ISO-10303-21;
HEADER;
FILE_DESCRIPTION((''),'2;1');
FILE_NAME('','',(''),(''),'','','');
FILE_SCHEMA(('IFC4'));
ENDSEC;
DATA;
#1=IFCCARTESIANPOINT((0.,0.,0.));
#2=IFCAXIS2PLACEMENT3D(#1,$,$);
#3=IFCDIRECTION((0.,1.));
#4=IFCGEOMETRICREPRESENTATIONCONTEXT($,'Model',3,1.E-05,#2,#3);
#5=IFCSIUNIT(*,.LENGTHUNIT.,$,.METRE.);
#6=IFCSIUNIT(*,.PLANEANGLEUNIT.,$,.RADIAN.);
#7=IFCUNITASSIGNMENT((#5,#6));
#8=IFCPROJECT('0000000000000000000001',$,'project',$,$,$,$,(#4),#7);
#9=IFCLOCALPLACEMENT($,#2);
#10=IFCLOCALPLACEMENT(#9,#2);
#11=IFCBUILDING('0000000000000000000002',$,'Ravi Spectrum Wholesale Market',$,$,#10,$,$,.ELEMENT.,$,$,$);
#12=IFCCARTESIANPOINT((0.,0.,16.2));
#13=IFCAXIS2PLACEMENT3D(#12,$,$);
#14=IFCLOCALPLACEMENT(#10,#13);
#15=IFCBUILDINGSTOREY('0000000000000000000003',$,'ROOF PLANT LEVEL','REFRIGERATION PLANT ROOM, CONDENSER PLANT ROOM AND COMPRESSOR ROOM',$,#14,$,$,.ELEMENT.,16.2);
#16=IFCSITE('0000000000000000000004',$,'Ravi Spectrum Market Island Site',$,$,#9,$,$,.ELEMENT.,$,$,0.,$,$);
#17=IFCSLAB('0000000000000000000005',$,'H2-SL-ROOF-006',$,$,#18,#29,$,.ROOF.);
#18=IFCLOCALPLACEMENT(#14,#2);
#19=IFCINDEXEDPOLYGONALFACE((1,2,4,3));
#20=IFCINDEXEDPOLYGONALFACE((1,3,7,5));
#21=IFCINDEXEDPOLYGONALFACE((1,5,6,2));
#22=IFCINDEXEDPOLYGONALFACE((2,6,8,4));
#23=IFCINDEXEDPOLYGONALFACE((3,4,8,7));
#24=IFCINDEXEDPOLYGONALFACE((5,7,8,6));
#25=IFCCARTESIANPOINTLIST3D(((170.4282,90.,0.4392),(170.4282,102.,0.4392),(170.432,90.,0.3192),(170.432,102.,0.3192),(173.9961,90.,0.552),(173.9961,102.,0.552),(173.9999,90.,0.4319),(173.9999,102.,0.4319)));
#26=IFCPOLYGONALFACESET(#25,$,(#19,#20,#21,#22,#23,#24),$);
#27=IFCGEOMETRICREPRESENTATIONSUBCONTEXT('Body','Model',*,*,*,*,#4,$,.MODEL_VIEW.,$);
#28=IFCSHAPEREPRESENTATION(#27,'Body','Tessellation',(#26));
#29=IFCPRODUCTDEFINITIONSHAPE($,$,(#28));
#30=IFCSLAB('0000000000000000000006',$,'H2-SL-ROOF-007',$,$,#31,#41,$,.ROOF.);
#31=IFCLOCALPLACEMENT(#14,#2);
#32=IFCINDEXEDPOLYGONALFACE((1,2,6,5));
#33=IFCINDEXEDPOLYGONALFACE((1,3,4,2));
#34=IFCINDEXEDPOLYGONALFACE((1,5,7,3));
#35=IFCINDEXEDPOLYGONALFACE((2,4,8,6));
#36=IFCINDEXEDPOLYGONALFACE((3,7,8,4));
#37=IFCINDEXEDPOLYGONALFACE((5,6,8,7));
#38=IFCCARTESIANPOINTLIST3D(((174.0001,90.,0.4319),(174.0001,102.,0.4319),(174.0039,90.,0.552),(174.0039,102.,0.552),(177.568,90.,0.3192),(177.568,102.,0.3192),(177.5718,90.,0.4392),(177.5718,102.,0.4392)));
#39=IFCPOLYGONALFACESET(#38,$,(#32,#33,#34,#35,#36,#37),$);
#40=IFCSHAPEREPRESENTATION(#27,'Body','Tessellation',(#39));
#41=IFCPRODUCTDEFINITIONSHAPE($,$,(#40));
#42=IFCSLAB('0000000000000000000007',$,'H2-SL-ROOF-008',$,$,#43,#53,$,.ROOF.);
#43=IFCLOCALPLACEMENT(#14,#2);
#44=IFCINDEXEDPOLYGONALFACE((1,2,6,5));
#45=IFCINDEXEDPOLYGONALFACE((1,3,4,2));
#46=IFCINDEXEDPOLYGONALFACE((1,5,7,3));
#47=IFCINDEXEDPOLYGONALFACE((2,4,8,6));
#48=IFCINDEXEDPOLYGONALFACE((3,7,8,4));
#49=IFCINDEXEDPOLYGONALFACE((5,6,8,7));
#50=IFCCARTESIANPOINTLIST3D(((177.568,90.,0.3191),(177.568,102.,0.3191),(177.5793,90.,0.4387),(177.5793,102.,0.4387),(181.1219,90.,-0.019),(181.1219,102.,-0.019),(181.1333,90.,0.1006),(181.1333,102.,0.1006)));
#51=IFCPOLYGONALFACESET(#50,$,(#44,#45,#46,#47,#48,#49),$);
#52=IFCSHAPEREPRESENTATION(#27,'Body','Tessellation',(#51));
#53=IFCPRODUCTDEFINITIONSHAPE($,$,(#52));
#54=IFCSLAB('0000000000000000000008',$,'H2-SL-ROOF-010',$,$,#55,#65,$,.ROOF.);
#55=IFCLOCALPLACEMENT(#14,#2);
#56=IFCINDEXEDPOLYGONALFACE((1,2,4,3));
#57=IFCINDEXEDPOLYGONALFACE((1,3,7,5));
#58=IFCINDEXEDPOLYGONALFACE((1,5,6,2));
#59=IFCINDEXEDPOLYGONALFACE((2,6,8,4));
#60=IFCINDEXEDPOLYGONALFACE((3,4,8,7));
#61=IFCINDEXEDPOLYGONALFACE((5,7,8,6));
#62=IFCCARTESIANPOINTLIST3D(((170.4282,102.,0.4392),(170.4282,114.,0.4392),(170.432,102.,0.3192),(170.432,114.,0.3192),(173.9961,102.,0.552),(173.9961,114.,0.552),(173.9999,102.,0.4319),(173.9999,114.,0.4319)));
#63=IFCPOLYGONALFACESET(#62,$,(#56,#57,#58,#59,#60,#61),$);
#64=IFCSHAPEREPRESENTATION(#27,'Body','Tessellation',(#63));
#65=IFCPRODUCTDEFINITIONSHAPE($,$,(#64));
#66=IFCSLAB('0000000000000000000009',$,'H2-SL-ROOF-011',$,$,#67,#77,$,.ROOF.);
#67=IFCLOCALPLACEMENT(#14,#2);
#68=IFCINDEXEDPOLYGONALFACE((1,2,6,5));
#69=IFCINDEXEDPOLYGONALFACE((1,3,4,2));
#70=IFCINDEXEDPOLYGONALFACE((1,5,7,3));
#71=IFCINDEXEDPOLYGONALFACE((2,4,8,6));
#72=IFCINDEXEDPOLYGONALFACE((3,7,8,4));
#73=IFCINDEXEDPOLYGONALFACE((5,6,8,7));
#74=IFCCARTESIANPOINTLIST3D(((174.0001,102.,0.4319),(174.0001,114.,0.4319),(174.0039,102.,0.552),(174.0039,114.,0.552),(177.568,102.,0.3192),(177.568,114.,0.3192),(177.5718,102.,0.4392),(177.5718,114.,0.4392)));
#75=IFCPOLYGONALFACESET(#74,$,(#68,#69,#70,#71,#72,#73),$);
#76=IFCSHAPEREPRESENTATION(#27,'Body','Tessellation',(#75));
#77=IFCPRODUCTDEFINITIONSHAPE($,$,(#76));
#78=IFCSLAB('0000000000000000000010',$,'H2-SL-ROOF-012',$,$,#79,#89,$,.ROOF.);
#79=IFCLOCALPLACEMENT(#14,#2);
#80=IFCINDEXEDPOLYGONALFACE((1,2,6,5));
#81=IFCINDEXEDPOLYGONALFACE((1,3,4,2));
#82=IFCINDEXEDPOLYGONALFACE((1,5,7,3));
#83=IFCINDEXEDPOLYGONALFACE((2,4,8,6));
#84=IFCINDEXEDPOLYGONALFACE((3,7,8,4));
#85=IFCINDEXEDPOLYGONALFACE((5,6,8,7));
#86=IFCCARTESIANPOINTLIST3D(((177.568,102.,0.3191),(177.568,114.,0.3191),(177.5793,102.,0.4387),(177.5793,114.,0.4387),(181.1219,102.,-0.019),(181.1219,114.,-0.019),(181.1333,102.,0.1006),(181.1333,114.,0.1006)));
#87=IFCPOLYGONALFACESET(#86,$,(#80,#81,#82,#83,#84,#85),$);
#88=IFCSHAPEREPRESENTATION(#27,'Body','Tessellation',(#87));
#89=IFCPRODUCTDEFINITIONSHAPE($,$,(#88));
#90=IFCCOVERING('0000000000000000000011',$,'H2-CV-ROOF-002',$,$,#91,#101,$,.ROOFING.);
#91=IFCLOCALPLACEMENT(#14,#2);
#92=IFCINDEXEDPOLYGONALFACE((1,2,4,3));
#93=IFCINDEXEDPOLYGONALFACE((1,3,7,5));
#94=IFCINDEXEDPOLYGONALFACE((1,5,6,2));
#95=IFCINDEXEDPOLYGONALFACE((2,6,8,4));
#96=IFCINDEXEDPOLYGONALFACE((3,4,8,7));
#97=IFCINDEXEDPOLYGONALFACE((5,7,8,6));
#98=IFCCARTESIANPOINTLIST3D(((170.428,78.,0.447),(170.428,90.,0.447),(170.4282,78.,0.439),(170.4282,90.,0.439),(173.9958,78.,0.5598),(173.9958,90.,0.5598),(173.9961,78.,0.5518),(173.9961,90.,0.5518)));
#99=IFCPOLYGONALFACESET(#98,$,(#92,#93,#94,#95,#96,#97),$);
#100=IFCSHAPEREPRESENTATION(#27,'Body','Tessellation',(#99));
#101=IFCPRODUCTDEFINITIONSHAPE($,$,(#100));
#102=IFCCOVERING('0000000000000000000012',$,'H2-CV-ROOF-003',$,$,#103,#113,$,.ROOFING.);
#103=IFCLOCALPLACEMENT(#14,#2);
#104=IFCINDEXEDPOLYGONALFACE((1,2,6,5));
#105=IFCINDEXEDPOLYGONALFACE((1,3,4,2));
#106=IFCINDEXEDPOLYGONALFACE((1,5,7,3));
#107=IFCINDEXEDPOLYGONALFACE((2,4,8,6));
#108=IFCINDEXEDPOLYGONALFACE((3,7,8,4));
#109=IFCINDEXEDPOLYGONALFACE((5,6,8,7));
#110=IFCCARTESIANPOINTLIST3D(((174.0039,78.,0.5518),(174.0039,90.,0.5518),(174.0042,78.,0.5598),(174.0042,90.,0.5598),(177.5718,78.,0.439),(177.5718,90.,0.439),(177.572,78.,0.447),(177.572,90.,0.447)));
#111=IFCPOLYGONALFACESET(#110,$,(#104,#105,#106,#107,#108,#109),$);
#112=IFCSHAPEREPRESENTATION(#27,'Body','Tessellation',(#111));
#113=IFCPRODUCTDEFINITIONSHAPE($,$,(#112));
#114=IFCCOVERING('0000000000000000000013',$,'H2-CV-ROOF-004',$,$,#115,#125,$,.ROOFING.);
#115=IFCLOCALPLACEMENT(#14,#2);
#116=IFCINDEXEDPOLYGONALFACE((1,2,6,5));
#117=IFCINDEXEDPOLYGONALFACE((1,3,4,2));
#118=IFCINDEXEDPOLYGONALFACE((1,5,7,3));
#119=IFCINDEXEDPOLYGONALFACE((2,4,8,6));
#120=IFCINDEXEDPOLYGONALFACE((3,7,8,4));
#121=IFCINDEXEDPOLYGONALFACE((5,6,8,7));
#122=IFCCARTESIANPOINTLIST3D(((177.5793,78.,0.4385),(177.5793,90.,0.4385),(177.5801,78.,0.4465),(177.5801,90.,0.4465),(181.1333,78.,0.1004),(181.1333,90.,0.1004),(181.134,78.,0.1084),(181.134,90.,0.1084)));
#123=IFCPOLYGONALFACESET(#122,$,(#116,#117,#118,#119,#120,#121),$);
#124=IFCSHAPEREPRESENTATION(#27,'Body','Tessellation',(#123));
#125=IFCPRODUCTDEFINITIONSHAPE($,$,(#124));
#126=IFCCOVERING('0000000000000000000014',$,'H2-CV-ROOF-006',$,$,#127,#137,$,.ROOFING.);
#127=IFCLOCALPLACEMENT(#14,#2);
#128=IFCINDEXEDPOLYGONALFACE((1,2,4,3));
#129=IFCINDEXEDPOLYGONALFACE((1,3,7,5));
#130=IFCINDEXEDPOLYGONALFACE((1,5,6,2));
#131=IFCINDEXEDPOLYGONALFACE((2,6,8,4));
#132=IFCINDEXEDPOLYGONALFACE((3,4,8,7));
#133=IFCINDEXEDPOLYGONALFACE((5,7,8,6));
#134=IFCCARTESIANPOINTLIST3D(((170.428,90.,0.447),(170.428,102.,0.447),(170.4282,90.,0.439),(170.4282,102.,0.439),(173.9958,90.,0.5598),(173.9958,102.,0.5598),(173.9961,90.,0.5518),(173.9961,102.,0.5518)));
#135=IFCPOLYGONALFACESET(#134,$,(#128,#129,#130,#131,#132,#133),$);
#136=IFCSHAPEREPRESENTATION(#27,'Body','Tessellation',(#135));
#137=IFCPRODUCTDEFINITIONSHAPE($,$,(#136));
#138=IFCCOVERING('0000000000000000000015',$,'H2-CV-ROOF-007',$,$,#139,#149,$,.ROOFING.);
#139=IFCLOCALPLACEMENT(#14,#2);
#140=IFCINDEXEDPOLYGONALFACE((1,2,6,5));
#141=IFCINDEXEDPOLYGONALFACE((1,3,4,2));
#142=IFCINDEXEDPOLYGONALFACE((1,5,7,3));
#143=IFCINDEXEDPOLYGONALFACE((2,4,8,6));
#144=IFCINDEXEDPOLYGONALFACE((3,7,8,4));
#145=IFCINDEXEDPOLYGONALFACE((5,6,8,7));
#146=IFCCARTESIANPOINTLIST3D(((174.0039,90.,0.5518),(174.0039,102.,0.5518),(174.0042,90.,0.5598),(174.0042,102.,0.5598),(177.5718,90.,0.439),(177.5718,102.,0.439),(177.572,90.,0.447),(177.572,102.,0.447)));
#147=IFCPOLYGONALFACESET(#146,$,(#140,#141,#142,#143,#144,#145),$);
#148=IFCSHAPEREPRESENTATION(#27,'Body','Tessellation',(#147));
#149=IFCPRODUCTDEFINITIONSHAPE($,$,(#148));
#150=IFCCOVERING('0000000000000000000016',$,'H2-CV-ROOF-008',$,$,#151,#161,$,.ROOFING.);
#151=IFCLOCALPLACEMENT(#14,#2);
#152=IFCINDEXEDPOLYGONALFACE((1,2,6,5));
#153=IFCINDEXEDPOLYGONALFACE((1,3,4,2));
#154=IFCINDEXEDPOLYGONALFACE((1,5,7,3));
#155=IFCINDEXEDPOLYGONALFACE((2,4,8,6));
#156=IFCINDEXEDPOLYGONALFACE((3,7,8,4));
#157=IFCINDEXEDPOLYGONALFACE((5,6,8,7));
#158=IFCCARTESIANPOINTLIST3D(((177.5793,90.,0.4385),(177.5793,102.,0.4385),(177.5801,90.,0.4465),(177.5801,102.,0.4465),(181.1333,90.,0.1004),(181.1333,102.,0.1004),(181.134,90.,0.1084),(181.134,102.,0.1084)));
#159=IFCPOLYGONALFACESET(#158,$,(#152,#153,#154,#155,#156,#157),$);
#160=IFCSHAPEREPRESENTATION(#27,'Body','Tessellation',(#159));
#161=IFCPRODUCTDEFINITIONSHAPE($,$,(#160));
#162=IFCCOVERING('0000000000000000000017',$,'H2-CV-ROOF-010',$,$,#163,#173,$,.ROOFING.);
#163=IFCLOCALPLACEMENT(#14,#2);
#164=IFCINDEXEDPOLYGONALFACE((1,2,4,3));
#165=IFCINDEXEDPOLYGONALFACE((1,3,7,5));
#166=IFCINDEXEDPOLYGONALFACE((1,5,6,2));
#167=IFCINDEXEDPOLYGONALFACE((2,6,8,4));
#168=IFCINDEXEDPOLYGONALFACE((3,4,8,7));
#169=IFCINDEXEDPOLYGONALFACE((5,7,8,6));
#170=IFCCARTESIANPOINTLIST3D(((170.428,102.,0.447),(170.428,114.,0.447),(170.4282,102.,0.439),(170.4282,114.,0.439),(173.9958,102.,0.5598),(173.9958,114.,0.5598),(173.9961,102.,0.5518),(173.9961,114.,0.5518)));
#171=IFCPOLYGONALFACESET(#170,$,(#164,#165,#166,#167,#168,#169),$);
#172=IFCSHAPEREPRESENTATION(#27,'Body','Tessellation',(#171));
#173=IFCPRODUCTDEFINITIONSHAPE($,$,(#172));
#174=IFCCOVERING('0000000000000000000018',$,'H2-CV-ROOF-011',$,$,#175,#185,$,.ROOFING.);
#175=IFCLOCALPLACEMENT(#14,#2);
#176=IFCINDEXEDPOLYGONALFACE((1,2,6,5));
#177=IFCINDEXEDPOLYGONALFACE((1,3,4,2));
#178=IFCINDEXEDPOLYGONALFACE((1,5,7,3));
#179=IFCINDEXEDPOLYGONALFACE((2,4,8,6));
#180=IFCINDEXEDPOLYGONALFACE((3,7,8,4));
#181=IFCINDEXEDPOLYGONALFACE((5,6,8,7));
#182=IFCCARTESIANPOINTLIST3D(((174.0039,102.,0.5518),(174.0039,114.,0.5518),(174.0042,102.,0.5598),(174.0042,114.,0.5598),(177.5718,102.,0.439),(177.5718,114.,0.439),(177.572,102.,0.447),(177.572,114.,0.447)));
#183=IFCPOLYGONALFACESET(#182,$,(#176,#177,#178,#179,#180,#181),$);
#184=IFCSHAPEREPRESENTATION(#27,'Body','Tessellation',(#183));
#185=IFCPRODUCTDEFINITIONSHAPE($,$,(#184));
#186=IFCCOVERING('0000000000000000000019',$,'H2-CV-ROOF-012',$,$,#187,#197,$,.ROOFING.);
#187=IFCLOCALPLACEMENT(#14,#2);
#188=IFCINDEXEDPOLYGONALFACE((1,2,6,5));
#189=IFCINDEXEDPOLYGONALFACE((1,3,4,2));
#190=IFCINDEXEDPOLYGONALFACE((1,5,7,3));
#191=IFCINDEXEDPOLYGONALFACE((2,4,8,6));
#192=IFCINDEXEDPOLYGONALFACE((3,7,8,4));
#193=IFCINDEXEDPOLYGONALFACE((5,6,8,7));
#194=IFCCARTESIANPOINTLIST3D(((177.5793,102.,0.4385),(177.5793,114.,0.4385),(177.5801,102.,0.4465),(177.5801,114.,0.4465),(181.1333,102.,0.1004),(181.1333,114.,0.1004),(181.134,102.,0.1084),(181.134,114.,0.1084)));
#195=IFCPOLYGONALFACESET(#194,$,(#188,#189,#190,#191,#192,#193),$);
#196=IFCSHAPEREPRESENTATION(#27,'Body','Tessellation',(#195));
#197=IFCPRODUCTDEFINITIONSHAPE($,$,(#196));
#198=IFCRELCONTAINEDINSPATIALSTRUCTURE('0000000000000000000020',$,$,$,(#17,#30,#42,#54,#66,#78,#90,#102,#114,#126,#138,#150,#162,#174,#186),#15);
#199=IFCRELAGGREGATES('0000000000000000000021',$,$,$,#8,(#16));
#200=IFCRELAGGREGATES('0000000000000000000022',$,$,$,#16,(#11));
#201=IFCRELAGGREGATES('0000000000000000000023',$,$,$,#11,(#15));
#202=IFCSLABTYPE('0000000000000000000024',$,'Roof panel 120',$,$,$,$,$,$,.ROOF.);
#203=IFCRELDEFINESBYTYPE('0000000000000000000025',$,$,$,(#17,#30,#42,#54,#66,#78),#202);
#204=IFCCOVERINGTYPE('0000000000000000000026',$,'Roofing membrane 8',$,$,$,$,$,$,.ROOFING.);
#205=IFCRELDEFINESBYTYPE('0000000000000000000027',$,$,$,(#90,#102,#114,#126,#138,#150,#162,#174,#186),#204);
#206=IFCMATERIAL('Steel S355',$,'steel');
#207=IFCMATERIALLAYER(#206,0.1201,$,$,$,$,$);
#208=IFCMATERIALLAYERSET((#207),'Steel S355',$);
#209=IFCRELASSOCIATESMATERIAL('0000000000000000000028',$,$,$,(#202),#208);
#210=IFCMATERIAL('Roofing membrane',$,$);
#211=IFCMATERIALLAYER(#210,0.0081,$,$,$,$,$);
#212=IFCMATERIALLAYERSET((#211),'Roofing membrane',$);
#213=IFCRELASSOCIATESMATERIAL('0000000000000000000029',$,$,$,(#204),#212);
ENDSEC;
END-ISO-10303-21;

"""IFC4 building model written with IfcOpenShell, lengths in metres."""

from ifc_helpers import new_model, si_unit, direction, frame, origin, place, context, subcontext, project, spatial, polyline, outline, extrude, material, layer, layer_set, type_object, element, save


model = new_model("IFC4")

# Units and contexts
model_context = context("Model", 3, precision=1e-05, world=origin(), true_north=direction((0.0, 1.0)))
body_context = subcontext(model_context, "Body", "Model", "MODEL_VIEW")
ifc_project = project(units=[si_unit("LENGTHUNIT", "METRE"), si_unit("PLANEANGLEUNIT", "RADIAN")], contexts=[model_context])

# Site, building, storey
site_placement = place(None, origin())
site = spatial("IfcSite", under=ifc_project, at=site_placement, Name="Ravi Spectrum Market Island Site", CompositionType="ELEMENT", RefElevation=0.0)
building_placement = place(site_placement, origin())
building = spatial("IfcBuilding", under=site, at=building_placement, Name="Ravi Spectrum Wholesale Market", CompositionType="ELEMENT")
storey_placement = place(building_placement, frame((0.0, 0.0, 16.2)))
storey = spatial("IfcBuildingStorey", under=building, at=storey_placement, Name="ROOF PLANT LEVEL", Description="REFRIGERATION PLANT ROOM, CONDENSER PLANT ROOM AND COMPRESSOR ROOM", CompositionType="ELEMENT", Elevation=16.2)

# Slabs
ifc_material_1 = material(Name="Steel S355", Category="steel")
ifc_layer_1 = layer(ifc_material_1, 0.1201)
ifc_layer_set_1 = layer_set([ifc_layer_1], Name="Steel S355")
slab_type = type_object("IfcSlabType", Name="Roof panel 120", PredefinedType="ROOF", material=ifc_layer_set_1)
for number, where, z_axis, x_axis, name in (
    (1, (170.4282, 90.0, 0.4392), (-0.031598, 0.0, 0.999501), (0.999501, 0.0, 0.031598), "H2-SL-ROOF-006"),
    (2, (174.0039, 90.0, 0.552), (0.031598, 0.0, 0.999501), (0.999501, 0.0, -0.031598), "H2-SL-ROOF-007"),
):
    element("IfcSlab", number, at=place(storey_placement, frame(where, z_axis=z_axis, x_axis=x_axis)), inside=storey, type_object=slab_type, Name=name, PredefinedType="ROOF", context=body_context, shape_type="SweptSolid", body=[
        extrude(outline(polyline([(0.0, 0.0), (3.5697, 0.0), (3.5697, 12.0), (0.0, 12.0), (0.0, 0.0)])), origin(), (0.0, 0.0, -1.0), 0.1201),
    ])
slab_1_placement = place(storey_placement, frame((177.5793, 90.0, 0.4387), z_axis=(0.094716, 0.0, 0.995504), x_axis=(0.995504, 0.0, -0.094716)))
element("IfcSlab", 3, at=slab_1_placement, inside=storey, type_object=slab_type, Name="H2-SL-ROOF-008", PredefinedType="ROOF", context=body_context, shape_type="SweptSolid", body=[
    extrude(outline(polyline([(0.0, 0.0), (3.57, 0.0), (3.57, 12.0), (0.0, 12.0), (0.0, 0.0)])), origin(), (0.0, 0.0, -1.0), 0.1201),
])
for number, where, z_axis, x_axis, name in (
    (4, (170.4282, 102.0, 0.4392), (-0.031598, 0.0, 0.999501), (0.999501, 0.0, 0.031598), "H2-SL-ROOF-010"),
    (5, (174.0039, 102.0, 0.552), (0.031598, 0.0, 0.999501), (0.999501, 0.0, -0.031598), "H2-SL-ROOF-011"),
):
    element("IfcSlab", number, at=place(storey_placement, frame(where, z_axis=z_axis, x_axis=x_axis)), inside=storey, type_object=slab_type, Name=name, PredefinedType="ROOF", context=body_context, shape_type="SweptSolid", body=[
        extrude(outline(polyline([(0.0, 0.0), (3.5697, 0.0), (3.5697, 12.0), (0.0, 12.0), (0.0, 0.0)])), origin(), (0.0, 0.0, -1.0), 0.1201),
    ])
slab_2_placement = place(storey_placement, frame((177.5793, 102.0, 0.4387), z_axis=(0.094716, 0.0, 0.995504), x_axis=(0.995504, 0.0, -0.094716)))
element("IfcSlab", 6, at=slab_2_placement, inside=storey, type_object=slab_type, Name="H2-SL-ROOF-012", PredefinedType="ROOF", context=body_context, shape_type="SweptSolid", body=[
    extrude(outline(polyline([(0.0, 0.0), (3.57, 0.0), (3.57, 12.0), (0.0, 12.0), (0.0, 0.0)])), origin(), (0.0, 0.0, -1.0), 0.1201),
])

# Coverings
ifc_material_2 = material(Name="Roofing membrane")
ifc_layer_2 = layer(ifc_material_2, 0.0081)
ifc_layer_set_2 = layer_set([ifc_layer_2], Name="Roofing membrane")
covering_type = type_object("IfcCoveringType", Name="Roofing membrane 8", PredefinedType="ROOFING", material=ifc_layer_set_2)
for number, where, z_axis, x_axis, name in (
    (7, (170.428, 78.0, 0.447), (-0.031598, 0.0, 0.999501), (0.999501, 0.0, 0.031598), "H2-CV-ROOF-002"),
    (8, (174.0042, 78.0, 0.5598), (0.031598, 0.0, 0.999501), (0.999501, 0.0, -0.031598), "H2-CV-ROOF-003"),
):
    element("IfcCovering", number, at=place(storey_placement, frame(where, z_axis=z_axis, x_axis=x_axis)), inside=storey, type_object=covering_type, Name=name, PredefinedType="ROOFING", context=body_context, shape_type="SweptSolid", body=[
        extrude(outline(polyline([(0.0, 0.0), (3.5697, 0.0), (3.5697, 12.0), (0.0, 12.0), (0.0, 0.0)])), origin(), (0.0, 0.0, -1.0), 0.0081),
    ])
covering_1_placement = place(storey_placement, frame((177.5801, 78.0, 0.4465), z_axis=(0.094716, 0.0, 0.995504), x_axis=(0.995504, 0.0, -0.094716)))
element("IfcCovering", 9, at=covering_1_placement, inside=storey, type_object=covering_type, Name="H2-CV-ROOF-004", PredefinedType="ROOFING", context=body_context, shape_type="SweptSolid", body=[
    extrude(outline(polyline([(0.0, 0.0), (3.57, 0.0), (3.57, 12.0), (0.0, 12.0), (0.0, 0.0)])), origin(), (0.0, 0.0, -1.0), 0.0081),
])
for number, where, z_axis, x_axis, name in (
    (10, (170.428, 90.0, 0.447), (-0.031598, 0.0, 0.999501), (0.999501, 0.0, 0.031598), "H2-CV-ROOF-006"),
    (11, (174.0042, 90.0, 0.5598), (0.031598, 0.0, 0.999501), (0.999501, 0.0, -0.031598), "H2-CV-ROOF-007"),
):
    element("IfcCovering", number, at=place(storey_placement, frame(where, z_axis=z_axis, x_axis=x_axis)), inside=storey, type_object=covering_type, Name=name, PredefinedType="ROOFING", context=body_context, shape_type="SweptSolid", body=[
        extrude(outline(polyline([(0.0, 0.0), (3.5697, 0.0), (3.5697, 12.0), (0.0, 12.0), (0.0, 0.0)])), origin(), (0.0, 0.0, -1.0), 0.0081),
    ])
covering_2_placement = place(storey_placement, frame((177.5801, 90.0, 0.4465), z_axis=(0.094716, 0.0, 0.995504), x_axis=(0.995504, 0.0, -0.094716)))
element("IfcCovering", 12, at=covering_2_placement, inside=storey, type_object=covering_type, Name="H2-CV-ROOF-008", PredefinedType="ROOFING", context=body_context, shape_type="SweptSolid", body=[
    extrude(outline(polyline([(0.0, 0.0), (3.57, 0.0), (3.57, 12.0), (0.0, 12.0), (0.0, 0.0)])), origin(), (0.0, 0.0, -1.0), 0.0081),
])
for number, where, z_axis, x_axis, name in (
    (13, (170.428, 102.0, 0.447), (-0.031598, 0.0, 0.999501), (0.999501, 0.0, 0.031598), "H2-CV-ROOF-010"),
    (14, (174.0042, 102.0, 0.5598), (0.031598, 0.0, 0.999501), (0.999501, 0.0, -0.031598), "H2-CV-ROOF-011"),
):
    element("IfcCovering", number, at=place(storey_placement, frame(where, z_axis=z_axis, x_axis=x_axis)), inside=storey, type_object=covering_type, Name=name, PredefinedType="ROOFING", context=body_context, shape_type="SweptSolid", body=[
        extrude(outline(polyline([(0.0, 0.0), (3.5697, 0.0), (3.5697, 12.0), (0.0, 12.0), (0.0, 0.0)])), origin(), (0.0, 0.0, -1.0), 0.0081),
    ])
covering_3_placement = place(storey_placement, frame((177.5801, 102.0, 0.4465), z_axis=(0.094716, 0.0, 0.995504), x_axis=(0.995504, 0.0, -0.094716)))
element("IfcCovering", 15, at=covering_3_placement, inside=storey, type_object=covering_type, Name="H2-CV-ROOF-012", PredefinedType="ROOFING", context=body_context, shape_type="SweptSolid", body=[
    extrude(outline(polyline([(0.0, 0.0), (3.57, 0.0), (3.57, 12.0), (0.0, 12.0), (0.0, 0.0)])), origin(), (0.0, 0.0, -1.0), 0.0081),
])

save(model, "model.ifc")
